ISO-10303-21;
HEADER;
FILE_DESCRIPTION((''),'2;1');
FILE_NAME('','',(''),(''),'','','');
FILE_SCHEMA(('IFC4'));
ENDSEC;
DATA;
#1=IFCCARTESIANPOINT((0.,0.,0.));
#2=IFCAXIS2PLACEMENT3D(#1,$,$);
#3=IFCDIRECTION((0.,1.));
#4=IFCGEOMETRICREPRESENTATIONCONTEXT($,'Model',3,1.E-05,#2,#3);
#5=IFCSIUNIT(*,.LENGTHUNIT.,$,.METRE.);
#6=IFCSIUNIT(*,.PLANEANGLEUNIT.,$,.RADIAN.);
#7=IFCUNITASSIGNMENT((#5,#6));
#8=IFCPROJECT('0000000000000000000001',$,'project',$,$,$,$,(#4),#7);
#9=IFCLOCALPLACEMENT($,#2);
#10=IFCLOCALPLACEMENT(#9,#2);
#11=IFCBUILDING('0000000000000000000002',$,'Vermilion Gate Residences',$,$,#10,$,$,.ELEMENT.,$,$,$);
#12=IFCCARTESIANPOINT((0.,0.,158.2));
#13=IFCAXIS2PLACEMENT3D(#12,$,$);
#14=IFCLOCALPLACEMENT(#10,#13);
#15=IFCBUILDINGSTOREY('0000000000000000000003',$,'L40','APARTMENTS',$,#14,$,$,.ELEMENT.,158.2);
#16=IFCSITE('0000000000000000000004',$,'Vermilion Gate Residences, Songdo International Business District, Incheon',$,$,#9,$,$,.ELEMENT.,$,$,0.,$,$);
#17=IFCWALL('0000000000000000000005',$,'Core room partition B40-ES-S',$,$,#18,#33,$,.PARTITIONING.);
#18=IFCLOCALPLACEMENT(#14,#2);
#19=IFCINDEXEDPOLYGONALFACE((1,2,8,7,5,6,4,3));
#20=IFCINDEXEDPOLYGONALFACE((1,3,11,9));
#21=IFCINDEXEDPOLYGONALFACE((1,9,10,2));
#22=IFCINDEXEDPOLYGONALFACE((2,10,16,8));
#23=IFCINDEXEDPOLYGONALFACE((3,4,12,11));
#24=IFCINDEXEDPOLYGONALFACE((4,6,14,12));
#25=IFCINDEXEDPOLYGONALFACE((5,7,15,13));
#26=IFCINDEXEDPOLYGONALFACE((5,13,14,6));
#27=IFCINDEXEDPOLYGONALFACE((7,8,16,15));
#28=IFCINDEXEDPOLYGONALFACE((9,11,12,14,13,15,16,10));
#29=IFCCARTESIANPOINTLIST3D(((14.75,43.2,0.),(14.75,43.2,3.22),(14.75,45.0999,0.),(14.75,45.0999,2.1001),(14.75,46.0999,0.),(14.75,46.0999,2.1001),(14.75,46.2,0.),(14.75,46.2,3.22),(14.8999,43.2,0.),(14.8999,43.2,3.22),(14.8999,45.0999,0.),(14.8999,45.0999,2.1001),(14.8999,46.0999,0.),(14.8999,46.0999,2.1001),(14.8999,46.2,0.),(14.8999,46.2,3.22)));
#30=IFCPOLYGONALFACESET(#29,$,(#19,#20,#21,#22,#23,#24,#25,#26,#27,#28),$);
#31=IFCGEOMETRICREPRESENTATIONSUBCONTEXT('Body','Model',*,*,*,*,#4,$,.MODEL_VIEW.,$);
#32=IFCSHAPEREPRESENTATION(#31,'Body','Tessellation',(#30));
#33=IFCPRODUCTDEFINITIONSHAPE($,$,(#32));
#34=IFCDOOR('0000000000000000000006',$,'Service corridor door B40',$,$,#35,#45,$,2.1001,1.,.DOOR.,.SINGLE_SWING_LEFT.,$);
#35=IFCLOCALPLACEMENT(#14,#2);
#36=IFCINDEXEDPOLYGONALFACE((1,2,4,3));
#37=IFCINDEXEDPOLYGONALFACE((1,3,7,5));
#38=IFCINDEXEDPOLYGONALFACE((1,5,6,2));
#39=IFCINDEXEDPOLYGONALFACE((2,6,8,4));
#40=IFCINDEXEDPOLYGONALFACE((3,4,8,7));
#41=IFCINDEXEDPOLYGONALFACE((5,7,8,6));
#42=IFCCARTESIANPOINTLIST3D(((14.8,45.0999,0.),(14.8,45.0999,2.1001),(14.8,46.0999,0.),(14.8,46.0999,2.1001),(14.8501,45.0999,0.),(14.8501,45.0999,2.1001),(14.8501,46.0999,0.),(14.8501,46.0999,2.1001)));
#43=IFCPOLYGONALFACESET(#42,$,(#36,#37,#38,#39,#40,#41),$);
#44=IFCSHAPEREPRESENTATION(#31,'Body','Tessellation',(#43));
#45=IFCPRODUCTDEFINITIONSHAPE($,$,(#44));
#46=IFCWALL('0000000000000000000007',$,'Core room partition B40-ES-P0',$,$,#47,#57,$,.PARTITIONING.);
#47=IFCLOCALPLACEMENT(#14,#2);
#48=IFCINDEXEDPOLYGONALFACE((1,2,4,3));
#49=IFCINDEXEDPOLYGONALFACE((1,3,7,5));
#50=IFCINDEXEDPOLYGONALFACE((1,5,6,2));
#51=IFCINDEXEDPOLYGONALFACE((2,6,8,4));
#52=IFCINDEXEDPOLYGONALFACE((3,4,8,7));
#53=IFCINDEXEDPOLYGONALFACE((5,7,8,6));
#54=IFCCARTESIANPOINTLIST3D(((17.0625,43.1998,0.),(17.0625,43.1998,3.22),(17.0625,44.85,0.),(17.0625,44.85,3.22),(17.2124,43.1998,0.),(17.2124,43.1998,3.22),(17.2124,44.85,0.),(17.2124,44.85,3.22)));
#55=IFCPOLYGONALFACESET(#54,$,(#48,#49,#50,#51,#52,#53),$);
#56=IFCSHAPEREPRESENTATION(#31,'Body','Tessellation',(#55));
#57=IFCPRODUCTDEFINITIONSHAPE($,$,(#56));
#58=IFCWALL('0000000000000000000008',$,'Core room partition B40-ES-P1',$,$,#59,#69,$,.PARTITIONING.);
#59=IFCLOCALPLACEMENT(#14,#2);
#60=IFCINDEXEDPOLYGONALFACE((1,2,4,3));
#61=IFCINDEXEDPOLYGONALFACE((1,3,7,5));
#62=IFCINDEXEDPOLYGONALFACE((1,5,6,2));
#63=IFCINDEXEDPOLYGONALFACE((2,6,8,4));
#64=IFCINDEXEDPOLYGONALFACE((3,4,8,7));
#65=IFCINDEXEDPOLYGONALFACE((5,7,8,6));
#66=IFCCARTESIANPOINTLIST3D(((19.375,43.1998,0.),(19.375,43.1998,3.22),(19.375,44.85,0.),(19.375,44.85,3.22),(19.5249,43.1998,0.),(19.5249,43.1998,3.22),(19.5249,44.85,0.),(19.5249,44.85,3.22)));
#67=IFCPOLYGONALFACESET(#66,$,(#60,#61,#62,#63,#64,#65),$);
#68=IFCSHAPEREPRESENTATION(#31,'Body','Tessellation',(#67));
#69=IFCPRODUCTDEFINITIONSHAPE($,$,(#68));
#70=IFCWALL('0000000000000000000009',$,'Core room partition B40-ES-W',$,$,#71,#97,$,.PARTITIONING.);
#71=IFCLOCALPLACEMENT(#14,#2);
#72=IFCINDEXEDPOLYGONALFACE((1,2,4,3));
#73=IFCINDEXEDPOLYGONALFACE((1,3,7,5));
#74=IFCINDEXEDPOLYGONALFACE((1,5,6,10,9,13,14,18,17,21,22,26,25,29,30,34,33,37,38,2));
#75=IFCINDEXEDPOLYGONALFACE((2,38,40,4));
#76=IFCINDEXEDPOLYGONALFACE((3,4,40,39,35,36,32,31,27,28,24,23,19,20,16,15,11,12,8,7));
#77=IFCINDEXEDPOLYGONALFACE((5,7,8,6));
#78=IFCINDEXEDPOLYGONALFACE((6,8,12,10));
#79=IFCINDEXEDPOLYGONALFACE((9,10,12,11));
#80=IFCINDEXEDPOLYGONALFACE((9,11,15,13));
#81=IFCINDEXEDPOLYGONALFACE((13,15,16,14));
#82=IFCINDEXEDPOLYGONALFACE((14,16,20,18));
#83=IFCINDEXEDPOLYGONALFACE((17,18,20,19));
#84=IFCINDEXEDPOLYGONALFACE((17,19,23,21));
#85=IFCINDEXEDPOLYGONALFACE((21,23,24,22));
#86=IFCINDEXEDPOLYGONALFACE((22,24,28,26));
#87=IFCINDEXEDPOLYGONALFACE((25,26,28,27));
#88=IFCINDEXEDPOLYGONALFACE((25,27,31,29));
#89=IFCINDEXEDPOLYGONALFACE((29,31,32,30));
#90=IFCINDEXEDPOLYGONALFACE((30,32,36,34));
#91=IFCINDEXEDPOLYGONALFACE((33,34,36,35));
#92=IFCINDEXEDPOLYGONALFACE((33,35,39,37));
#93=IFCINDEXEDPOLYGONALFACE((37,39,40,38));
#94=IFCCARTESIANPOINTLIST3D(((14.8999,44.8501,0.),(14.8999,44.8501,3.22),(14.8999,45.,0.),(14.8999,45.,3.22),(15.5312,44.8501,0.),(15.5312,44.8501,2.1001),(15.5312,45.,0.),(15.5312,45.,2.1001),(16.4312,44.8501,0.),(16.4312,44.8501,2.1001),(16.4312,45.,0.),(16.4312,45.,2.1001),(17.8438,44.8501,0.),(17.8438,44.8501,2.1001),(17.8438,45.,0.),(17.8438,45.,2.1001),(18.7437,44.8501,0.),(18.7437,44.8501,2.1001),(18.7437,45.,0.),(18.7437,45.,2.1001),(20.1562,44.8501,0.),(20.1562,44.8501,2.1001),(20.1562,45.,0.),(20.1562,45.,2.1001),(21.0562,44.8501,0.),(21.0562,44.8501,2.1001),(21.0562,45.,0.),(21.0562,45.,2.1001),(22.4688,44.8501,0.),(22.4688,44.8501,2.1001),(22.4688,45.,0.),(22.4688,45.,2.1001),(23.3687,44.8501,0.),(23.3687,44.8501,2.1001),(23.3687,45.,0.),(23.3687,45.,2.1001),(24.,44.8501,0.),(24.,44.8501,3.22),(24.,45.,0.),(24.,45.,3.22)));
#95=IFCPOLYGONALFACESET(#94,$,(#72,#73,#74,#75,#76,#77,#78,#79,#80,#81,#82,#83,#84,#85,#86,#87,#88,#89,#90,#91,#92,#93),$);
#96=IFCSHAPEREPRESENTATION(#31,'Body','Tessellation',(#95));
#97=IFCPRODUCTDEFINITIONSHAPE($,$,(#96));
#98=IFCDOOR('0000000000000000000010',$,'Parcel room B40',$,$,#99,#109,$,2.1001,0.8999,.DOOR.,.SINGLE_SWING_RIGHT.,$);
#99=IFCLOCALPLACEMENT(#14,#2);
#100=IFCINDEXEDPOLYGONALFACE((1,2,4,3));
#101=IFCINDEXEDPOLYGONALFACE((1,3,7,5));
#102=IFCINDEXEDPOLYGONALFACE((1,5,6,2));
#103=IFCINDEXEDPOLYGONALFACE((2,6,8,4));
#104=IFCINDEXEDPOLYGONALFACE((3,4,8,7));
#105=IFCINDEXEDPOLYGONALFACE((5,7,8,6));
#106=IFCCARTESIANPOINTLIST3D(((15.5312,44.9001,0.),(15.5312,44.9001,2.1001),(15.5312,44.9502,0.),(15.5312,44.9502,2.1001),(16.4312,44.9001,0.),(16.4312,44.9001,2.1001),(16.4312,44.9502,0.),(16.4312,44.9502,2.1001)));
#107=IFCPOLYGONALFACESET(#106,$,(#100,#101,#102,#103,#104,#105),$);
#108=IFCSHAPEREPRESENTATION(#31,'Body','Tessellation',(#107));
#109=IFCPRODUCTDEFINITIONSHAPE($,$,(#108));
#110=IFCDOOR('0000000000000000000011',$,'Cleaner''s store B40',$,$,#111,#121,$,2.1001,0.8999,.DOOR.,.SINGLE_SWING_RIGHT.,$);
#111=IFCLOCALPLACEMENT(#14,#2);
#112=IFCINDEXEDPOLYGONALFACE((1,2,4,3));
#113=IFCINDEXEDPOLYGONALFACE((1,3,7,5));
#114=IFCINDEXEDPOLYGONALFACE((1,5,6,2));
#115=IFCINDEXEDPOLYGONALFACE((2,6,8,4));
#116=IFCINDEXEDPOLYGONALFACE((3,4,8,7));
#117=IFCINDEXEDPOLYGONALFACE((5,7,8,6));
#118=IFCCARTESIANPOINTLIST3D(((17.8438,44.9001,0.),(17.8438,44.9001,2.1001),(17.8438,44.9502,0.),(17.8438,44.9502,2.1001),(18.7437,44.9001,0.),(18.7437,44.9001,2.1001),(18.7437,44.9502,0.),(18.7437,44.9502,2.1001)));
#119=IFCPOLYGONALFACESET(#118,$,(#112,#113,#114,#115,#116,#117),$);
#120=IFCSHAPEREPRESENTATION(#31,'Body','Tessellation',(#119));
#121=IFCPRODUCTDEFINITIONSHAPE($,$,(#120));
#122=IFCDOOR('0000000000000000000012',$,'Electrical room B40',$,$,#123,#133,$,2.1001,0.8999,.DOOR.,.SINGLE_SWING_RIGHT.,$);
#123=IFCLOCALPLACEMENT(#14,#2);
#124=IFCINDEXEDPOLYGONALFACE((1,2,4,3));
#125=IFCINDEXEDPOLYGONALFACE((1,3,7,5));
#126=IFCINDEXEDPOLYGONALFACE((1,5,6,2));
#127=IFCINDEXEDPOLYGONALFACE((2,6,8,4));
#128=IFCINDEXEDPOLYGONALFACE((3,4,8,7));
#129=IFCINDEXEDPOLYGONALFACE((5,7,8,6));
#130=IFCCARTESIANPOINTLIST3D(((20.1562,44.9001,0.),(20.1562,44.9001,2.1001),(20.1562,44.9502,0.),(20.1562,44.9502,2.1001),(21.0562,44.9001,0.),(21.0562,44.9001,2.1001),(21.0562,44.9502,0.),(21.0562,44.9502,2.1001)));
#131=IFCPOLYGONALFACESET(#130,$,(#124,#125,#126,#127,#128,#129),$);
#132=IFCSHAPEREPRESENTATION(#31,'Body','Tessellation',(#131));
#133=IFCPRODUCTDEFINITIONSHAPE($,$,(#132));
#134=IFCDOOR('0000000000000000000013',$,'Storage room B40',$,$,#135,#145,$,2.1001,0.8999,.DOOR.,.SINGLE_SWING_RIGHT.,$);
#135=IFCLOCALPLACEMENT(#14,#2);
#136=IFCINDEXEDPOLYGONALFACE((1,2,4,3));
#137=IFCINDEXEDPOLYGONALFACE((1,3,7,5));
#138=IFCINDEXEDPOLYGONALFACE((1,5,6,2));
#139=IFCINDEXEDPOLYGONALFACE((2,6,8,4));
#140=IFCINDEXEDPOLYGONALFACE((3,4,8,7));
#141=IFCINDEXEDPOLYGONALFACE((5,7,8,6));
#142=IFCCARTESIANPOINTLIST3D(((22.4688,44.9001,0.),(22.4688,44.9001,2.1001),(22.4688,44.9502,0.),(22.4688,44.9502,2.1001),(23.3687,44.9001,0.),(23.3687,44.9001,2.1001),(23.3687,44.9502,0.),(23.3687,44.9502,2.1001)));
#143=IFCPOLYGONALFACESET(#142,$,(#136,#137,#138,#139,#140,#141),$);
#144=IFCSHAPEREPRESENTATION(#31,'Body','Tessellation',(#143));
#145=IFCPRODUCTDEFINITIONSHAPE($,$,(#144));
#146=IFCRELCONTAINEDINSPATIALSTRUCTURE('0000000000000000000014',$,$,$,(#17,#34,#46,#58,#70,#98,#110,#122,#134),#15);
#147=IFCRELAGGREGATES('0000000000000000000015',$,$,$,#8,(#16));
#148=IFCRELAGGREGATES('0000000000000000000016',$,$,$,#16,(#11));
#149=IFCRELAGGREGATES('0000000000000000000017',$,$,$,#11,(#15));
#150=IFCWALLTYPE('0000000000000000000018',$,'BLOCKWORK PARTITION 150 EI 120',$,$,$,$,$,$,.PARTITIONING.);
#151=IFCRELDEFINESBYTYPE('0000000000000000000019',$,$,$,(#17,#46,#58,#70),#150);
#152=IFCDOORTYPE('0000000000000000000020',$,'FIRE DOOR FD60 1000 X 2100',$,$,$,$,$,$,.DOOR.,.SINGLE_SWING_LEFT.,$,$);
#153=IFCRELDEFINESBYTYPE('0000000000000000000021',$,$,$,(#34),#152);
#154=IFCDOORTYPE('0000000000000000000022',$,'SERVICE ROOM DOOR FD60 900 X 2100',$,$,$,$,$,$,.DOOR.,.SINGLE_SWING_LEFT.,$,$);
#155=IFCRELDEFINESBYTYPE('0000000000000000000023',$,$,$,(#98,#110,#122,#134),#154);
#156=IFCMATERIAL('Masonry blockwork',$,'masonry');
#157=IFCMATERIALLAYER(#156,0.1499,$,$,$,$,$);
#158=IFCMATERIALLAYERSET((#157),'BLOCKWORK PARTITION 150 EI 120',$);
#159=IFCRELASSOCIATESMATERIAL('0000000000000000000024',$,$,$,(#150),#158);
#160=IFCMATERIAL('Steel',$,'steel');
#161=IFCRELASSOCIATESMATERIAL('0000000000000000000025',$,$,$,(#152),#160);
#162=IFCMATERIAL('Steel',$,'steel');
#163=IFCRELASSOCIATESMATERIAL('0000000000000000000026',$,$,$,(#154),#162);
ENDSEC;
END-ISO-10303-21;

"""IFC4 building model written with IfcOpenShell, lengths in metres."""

from ifc_helpers import new_model, si_unit, direction, frame, frame_2d, origin, place, context, subcontext, project, spatial, rectangle, extrude, material, layer, layer_set, type_object, element, fill, save


model = new_model("IFC4")

# Units and contexts
model_context = context("Model", 3, precision=1e-05, world=origin(), true_north=direction((0.0, 1.0)))
body_context = subcontext(model_context, "Body", "Model", "MODEL_VIEW")
ifc_project = project(units=[si_unit("LENGTHUNIT", "METRE"), si_unit("PLANEANGLEUNIT", "RADIAN")], contexts=[model_context])

# Site, building, storey
site_placement = place(None, origin())
site = spatial("IfcSite", under=ifc_project, at=site_placement, Name="Vermilion Gate Residences, Songdo International Business District, Incheon", CompositionType="ELEMENT", RefElevation=0.0)
building_placement = place(site_placement, origin())
building = spatial("IfcBuilding", under=site, at=building_placement, Name="Vermilion Gate Residences", CompositionType="ELEMENT")
storey_placement = place(building_placement, frame((0.0, 0.0, 158.2)))
storey = spatial("IfcBuildingStorey", under=building, at=storey_placement, Name="L40", Description="APARTMENTS", CompositionType="ELEMENT", Elevation=158.2)

# Wall, opening, door
ifc_material_1 = material(Name="Masonry blockwork", Category="masonry")
ifc_layer_1 = layer(ifc_material_1, 0.1499)
ifc_layer_set_1 = layer_set([ifc_layer_1], Name="BLOCKWORK PARTITION 150 EI 120")
wall_type_1 = type_object("IfcWallType", Name="BLOCKWORK PARTITION 150 EI 120", PredefinedType="PARTITIONING", material=ifc_layer_set_1)
wall_1_placement = place(storey_placement, frame((14.825, 46.2, 0.0), z_axis=(0.0, 0.0, 1.0), x_axis=(0.0, -1.0, 0.0)))
wall_1 = element("IfcWall", 1, at=wall_1_placement, inside=storey, type_object=wall_type_1, Name="Core room partition B40-ES-S", PredefinedType="PARTITIONING", context=body_context, shape_type="SweptSolid", body=[
    extrude(rectangle(XDim=3.0, YDim=0.1499, at=frame_2d((1.5, 0.0))), origin(), (0.0, 0.0, 1.0), 3.22),
])
opening_1_placement = place(wall_1_placement, frame((0.1001, 0.0, 0.0)))
opening_1 = element("IfcOpeningElement", 2, at=opening_1_placement, cuts=wall_1, PredefinedType="OPENING", context=body_context, shape_type="SweptSolid", body=[
    extrude(rectangle(XDim=1.0, YDim=2.1001, at=frame_2d((0.5, 1.05))), frame((0.0, 0.085, 0.0), z_axis=(0.0, -1.0, 0.0), x_axis=(1.0, 0.0, 0.0)), (0.0, 0.0, 1.0), 0.1699),
])
ifc_material_2 = material(Name="Steel", Category="steel")
door_type_1 = type_object("IfcDoorType", Name="FIRE DOOR FD60 1000 X 2100", OperationType="SINGLE_SWING_LEFT", PredefinedType="DOOR", material=ifc_material_2)
door_1_placement = place(opening_1_placement, frame((1.0, 0.0, 0.0), z_axis=(0.0, 0.0, 1.0), x_axis=(-1.0, 0.0, 0.0)))
door_1 = element("IfcDoor", 3, at=door_1_placement, inside=storey, type_object=door_type_1, Name="Service corridor door B40", OperationType="SINGLE_SWING_LEFT", OverallHeight=2.1001, OverallWidth=1.0, PredefinedType="DOOR", context=body_context, shape_type="SweptSolid", body=[
    extrude(rectangle(XDim=1.0, YDim=2.1001, at=frame_2d((0.5, 1.05))), frame((0.0, 0.0249, 0.0), z_axis=(0.0, -1.0, 0.0), x_axis=(1.0, 0.0, 0.0)), (0.0, 0.0, 1.0), 0.05),
])
fill(opening_1, door_1)

# Walls
for number, where, z_axis, x_axis, name in (
    (4, (17.1375, 44.8501, 0.0), (0.0, 0.0, 1.0), (0.0, -1.0, 0.0), "Core room partition B40-ES-P0"),
    (5, (19.45, 44.8501, 0.0), (0.0, 0.0, 1.0), (0.0, -1.0, 0.0), "Core room partition B40-ES-P1"),
):
    element("IfcWall", number, at=place(storey_placement, frame(where, z_axis=z_axis, x_axis=x_axis)), inside=storey, type_object=wall_type_1, Name=name, PredefinedType="PARTITIONING", context=body_context, shape_type="SweptSolid", body=[
        extrude(rectangle(XDim=1.6501, YDim=0.1499, at=frame_2d((0.8252, 0.0))), origin(), (0.0, 0.0, 1.0), 3.22),
    ])

# Wall, openings, doors
wall_2_placement = place(storey_placement, frame((14.8999, 44.925, 0.0), z_axis=(0.0, 0.0, 1.0), x_axis=(1.0, 0.0, 0.0)))
wall_2 = element("IfcWall", 6, at=wall_2_placement, inside=storey, type_object=wall_type_1, Name="Core room partition B40-ES-W", PredefinedType="PARTITIONING", context=body_context, shape_type="SweptSolid", body=[
    extrude(rectangle(XDim=9.1001, YDim=0.1499, at=frame_2d((4.55, 0.0))), origin(), (0.0, 0.0, 1.0), 3.22),
])
opening_2_placement = place(wall_2_placement, frame((0.6313, 0.0, 0.0)))
opening_2 = element("IfcOpeningElement", 7, at=opening_2_placement, cuts=wall_2, PredefinedType="OPENING", context=body_context, shape_type="SweptSolid", body=[
    extrude(rectangle(XDim=0.8999, YDim=2.1001, at=frame_2d((0.45, 1.05))), frame((0.0, 0.085, 0.0), z_axis=(0.0, -1.0, 0.0), x_axis=(1.0, 0.0, 0.0)), (0.0, 0.0, 1.0), 0.1699),
])
opening_3_placement = place(wall_2_placement, frame((2.9438, 0.0, 0.0)))
opening_3 = element("IfcOpeningElement", 8, at=opening_3_placement, cuts=wall_2, PredefinedType="OPENING", context=body_context, shape_type="SweptSolid", body=[
    extrude(rectangle(XDim=0.8999, YDim=2.1001, at=frame_2d((0.45, 1.05))), frame((0.0, 0.085, 0.0), z_axis=(0.0, -1.0, 0.0), x_axis=(1.0, 0.0, 0.0)), (0.0, 0.0, 1.0), 0.1699),
])
opening_4_placement = place(wall_2_placement, frame((5.2563, 0.0, 0.0)))
opening_4 = element("IfcOpeningElement", 9, at=opening_4_placement, cuts=wall_2, PredefinedType="OPENING", context=body_context, shape_type="SweptSolid", body=[
    extrude(rectangle(XDim=0.8999, YDim=2.1001, at=frame_2d((0.45, 1.05))), frame((0.0, 0.085, 0.0), z_axis=(0.0, -1.0, 0.0), x_axis=(1.0, 0.0, 0.0)), (0.0, 0.0, 1.0), 0.1699),
])
opening_5_placement = place(wall_2_placement, frame((7.5688, 0.0, 0.0)))
opening_5 = element("IfcOpeningElement", 10, at=opening_5_placement, cuts=wall_2, PredefinedType="OPENING", context=body_context, shape_type="SweptSolid", body=[
    extrude(rectangle(XDim=0.8999, YDim=2.1001, at=frame_2d((0.45, 1.05))), frame((0.0, 0.085, 0.0), z_axis=(0.0, -1.0, 0.0), x_axis=(1.0, 0.0, 0.0)), (0.0, 0.0, 1.0), 0.1699),
])
ifc_material_3 = material(Name="Steel", Category="steel")
door_type_2 = type_object("IfcDoorType", Name="SERVICE ROOM DOOR FD60 900 X 2100", OperationType="SINGLE_SWING_LEFT", PredefinedType="DOOR", material=ifc_material_3)
door_2_placement = place(opening_2_placement, frame((0.8999, 0.0, 0.0), z_axis=(0.0, 0.0, 1.0), x_axis=(-1.0, 0.0, 0.0)))
door_2 = element("IfcDoor", 11, at=door_2_placement, inside=storey, type_object=door_type_2, Name="Parcel room B40", OperationType="SINGLE_SWING_RIGHT", OverallHeight=2.1001, OverallWidth=0.8999, PredefinedType="DOOR", context=body_context, shape_type="SweptSolid", body=[
    extrude(rectangle(XDim=0.8999, YDim=2.1001, at=frame_2d((0.45, 1.05))), frame((0.0, 0.0249, 0.0), z_axis=(0.0, -1.0, 0.0), x_axis=(1.0, 0.0, 0.0)), (0.0, 0.0, 1.0), 0.05),
])
fill(opening_2, door_2)
door_3_placement = place(opening_3_placement, frame((0.8999, 0.0, 0.0), z_axis=(0.0, 0.0, 1.0), x_axis=(-1.0, 0.0, 0.0)))
door_3 = element("IfcDoor", 12, at=door_3_placement, inside=storey, type_object=door_type_2, Name="Cleaner's store B40", OperationType="SINGLE_SWING_RIGHT", OverallHeight=2.1001, OverallWidth=0.8999, PredefinedType="DOOR", context=body_context, shape_type="SweptSolid", body=[
    extrude(rectangle(XDim=0.8999, YDim=2.1001, at=frame_2d((0.45, 1.05))), frame((0.0, 0.0249, 0.0), z_axis=(0.0, -1.0, 0.0), x_axis=(1.0, 0.0, 0.0)), (0.0, 0.0, 1.0), 0.05),
])
fill(opening_3, door_3)
door_4_placement = place(opening_4_placement, frame((0.8999, 0.0, 0.0), z_axis=(0.0, 0.0, 1.0), x_axis=(-1.0, 0.0, 0.0)))
door_4 = element("IfcDoor", 13, at=door_4_placement, inside=storey, type_object=door_type_2, Name="Electrical room B40", OperationType="SINGLE_SWING_RIGHT", OverallHeight=2.1001, OverallWidth=0.8999, PredefinedType="DOOR", context=body_context, shape_type="SweptSolid", body=[
    extrude(rectangle(XDim=0.8999, YDim=2.1001, at=frame_2d((0.45, 1.05))), frame((0.0, 0.0249, 0.0), z_axis=(0.0, -1.0, 0.0), x_axis=(1.0, 0.0, 0.0)), (0.0, 0.0, 1.0), 0.05),
])
fill(opening_4, door_4)
door_5_placement = place(opening_5_placement, frame((0.8999, 0.0, 0.0), z_axis=(0.0, 0.0, 1.0), x_axis=(-1.0, 0.0, 0.0)))
door_5 = element("IfcDoor", 14, at=door_5_placement, inside=storey, type_object=door_type_2, Name="Storage room B40", OperationType="SINGLE_SWING_RIGHT", OverallHeight=2.1001, OverallWidth=0.8999, PredefinedType="DOOR", context=body_context, shape_type="SweptSolid", body=[
    extrude(rectangle(XDim=0.8999, YDim=2.1001, at=frame_2d((0.45, 1.05))), frame((0.0, 0.0249, 0.0), z_axis=(0.0, -1.0, 0.0), x_axis=(1.0, 0.0, 0.0)), (0.0, 0.0, 1.0), 0.05),
])
fill(opening_5, door_5)

save(model, "model.ifc")
